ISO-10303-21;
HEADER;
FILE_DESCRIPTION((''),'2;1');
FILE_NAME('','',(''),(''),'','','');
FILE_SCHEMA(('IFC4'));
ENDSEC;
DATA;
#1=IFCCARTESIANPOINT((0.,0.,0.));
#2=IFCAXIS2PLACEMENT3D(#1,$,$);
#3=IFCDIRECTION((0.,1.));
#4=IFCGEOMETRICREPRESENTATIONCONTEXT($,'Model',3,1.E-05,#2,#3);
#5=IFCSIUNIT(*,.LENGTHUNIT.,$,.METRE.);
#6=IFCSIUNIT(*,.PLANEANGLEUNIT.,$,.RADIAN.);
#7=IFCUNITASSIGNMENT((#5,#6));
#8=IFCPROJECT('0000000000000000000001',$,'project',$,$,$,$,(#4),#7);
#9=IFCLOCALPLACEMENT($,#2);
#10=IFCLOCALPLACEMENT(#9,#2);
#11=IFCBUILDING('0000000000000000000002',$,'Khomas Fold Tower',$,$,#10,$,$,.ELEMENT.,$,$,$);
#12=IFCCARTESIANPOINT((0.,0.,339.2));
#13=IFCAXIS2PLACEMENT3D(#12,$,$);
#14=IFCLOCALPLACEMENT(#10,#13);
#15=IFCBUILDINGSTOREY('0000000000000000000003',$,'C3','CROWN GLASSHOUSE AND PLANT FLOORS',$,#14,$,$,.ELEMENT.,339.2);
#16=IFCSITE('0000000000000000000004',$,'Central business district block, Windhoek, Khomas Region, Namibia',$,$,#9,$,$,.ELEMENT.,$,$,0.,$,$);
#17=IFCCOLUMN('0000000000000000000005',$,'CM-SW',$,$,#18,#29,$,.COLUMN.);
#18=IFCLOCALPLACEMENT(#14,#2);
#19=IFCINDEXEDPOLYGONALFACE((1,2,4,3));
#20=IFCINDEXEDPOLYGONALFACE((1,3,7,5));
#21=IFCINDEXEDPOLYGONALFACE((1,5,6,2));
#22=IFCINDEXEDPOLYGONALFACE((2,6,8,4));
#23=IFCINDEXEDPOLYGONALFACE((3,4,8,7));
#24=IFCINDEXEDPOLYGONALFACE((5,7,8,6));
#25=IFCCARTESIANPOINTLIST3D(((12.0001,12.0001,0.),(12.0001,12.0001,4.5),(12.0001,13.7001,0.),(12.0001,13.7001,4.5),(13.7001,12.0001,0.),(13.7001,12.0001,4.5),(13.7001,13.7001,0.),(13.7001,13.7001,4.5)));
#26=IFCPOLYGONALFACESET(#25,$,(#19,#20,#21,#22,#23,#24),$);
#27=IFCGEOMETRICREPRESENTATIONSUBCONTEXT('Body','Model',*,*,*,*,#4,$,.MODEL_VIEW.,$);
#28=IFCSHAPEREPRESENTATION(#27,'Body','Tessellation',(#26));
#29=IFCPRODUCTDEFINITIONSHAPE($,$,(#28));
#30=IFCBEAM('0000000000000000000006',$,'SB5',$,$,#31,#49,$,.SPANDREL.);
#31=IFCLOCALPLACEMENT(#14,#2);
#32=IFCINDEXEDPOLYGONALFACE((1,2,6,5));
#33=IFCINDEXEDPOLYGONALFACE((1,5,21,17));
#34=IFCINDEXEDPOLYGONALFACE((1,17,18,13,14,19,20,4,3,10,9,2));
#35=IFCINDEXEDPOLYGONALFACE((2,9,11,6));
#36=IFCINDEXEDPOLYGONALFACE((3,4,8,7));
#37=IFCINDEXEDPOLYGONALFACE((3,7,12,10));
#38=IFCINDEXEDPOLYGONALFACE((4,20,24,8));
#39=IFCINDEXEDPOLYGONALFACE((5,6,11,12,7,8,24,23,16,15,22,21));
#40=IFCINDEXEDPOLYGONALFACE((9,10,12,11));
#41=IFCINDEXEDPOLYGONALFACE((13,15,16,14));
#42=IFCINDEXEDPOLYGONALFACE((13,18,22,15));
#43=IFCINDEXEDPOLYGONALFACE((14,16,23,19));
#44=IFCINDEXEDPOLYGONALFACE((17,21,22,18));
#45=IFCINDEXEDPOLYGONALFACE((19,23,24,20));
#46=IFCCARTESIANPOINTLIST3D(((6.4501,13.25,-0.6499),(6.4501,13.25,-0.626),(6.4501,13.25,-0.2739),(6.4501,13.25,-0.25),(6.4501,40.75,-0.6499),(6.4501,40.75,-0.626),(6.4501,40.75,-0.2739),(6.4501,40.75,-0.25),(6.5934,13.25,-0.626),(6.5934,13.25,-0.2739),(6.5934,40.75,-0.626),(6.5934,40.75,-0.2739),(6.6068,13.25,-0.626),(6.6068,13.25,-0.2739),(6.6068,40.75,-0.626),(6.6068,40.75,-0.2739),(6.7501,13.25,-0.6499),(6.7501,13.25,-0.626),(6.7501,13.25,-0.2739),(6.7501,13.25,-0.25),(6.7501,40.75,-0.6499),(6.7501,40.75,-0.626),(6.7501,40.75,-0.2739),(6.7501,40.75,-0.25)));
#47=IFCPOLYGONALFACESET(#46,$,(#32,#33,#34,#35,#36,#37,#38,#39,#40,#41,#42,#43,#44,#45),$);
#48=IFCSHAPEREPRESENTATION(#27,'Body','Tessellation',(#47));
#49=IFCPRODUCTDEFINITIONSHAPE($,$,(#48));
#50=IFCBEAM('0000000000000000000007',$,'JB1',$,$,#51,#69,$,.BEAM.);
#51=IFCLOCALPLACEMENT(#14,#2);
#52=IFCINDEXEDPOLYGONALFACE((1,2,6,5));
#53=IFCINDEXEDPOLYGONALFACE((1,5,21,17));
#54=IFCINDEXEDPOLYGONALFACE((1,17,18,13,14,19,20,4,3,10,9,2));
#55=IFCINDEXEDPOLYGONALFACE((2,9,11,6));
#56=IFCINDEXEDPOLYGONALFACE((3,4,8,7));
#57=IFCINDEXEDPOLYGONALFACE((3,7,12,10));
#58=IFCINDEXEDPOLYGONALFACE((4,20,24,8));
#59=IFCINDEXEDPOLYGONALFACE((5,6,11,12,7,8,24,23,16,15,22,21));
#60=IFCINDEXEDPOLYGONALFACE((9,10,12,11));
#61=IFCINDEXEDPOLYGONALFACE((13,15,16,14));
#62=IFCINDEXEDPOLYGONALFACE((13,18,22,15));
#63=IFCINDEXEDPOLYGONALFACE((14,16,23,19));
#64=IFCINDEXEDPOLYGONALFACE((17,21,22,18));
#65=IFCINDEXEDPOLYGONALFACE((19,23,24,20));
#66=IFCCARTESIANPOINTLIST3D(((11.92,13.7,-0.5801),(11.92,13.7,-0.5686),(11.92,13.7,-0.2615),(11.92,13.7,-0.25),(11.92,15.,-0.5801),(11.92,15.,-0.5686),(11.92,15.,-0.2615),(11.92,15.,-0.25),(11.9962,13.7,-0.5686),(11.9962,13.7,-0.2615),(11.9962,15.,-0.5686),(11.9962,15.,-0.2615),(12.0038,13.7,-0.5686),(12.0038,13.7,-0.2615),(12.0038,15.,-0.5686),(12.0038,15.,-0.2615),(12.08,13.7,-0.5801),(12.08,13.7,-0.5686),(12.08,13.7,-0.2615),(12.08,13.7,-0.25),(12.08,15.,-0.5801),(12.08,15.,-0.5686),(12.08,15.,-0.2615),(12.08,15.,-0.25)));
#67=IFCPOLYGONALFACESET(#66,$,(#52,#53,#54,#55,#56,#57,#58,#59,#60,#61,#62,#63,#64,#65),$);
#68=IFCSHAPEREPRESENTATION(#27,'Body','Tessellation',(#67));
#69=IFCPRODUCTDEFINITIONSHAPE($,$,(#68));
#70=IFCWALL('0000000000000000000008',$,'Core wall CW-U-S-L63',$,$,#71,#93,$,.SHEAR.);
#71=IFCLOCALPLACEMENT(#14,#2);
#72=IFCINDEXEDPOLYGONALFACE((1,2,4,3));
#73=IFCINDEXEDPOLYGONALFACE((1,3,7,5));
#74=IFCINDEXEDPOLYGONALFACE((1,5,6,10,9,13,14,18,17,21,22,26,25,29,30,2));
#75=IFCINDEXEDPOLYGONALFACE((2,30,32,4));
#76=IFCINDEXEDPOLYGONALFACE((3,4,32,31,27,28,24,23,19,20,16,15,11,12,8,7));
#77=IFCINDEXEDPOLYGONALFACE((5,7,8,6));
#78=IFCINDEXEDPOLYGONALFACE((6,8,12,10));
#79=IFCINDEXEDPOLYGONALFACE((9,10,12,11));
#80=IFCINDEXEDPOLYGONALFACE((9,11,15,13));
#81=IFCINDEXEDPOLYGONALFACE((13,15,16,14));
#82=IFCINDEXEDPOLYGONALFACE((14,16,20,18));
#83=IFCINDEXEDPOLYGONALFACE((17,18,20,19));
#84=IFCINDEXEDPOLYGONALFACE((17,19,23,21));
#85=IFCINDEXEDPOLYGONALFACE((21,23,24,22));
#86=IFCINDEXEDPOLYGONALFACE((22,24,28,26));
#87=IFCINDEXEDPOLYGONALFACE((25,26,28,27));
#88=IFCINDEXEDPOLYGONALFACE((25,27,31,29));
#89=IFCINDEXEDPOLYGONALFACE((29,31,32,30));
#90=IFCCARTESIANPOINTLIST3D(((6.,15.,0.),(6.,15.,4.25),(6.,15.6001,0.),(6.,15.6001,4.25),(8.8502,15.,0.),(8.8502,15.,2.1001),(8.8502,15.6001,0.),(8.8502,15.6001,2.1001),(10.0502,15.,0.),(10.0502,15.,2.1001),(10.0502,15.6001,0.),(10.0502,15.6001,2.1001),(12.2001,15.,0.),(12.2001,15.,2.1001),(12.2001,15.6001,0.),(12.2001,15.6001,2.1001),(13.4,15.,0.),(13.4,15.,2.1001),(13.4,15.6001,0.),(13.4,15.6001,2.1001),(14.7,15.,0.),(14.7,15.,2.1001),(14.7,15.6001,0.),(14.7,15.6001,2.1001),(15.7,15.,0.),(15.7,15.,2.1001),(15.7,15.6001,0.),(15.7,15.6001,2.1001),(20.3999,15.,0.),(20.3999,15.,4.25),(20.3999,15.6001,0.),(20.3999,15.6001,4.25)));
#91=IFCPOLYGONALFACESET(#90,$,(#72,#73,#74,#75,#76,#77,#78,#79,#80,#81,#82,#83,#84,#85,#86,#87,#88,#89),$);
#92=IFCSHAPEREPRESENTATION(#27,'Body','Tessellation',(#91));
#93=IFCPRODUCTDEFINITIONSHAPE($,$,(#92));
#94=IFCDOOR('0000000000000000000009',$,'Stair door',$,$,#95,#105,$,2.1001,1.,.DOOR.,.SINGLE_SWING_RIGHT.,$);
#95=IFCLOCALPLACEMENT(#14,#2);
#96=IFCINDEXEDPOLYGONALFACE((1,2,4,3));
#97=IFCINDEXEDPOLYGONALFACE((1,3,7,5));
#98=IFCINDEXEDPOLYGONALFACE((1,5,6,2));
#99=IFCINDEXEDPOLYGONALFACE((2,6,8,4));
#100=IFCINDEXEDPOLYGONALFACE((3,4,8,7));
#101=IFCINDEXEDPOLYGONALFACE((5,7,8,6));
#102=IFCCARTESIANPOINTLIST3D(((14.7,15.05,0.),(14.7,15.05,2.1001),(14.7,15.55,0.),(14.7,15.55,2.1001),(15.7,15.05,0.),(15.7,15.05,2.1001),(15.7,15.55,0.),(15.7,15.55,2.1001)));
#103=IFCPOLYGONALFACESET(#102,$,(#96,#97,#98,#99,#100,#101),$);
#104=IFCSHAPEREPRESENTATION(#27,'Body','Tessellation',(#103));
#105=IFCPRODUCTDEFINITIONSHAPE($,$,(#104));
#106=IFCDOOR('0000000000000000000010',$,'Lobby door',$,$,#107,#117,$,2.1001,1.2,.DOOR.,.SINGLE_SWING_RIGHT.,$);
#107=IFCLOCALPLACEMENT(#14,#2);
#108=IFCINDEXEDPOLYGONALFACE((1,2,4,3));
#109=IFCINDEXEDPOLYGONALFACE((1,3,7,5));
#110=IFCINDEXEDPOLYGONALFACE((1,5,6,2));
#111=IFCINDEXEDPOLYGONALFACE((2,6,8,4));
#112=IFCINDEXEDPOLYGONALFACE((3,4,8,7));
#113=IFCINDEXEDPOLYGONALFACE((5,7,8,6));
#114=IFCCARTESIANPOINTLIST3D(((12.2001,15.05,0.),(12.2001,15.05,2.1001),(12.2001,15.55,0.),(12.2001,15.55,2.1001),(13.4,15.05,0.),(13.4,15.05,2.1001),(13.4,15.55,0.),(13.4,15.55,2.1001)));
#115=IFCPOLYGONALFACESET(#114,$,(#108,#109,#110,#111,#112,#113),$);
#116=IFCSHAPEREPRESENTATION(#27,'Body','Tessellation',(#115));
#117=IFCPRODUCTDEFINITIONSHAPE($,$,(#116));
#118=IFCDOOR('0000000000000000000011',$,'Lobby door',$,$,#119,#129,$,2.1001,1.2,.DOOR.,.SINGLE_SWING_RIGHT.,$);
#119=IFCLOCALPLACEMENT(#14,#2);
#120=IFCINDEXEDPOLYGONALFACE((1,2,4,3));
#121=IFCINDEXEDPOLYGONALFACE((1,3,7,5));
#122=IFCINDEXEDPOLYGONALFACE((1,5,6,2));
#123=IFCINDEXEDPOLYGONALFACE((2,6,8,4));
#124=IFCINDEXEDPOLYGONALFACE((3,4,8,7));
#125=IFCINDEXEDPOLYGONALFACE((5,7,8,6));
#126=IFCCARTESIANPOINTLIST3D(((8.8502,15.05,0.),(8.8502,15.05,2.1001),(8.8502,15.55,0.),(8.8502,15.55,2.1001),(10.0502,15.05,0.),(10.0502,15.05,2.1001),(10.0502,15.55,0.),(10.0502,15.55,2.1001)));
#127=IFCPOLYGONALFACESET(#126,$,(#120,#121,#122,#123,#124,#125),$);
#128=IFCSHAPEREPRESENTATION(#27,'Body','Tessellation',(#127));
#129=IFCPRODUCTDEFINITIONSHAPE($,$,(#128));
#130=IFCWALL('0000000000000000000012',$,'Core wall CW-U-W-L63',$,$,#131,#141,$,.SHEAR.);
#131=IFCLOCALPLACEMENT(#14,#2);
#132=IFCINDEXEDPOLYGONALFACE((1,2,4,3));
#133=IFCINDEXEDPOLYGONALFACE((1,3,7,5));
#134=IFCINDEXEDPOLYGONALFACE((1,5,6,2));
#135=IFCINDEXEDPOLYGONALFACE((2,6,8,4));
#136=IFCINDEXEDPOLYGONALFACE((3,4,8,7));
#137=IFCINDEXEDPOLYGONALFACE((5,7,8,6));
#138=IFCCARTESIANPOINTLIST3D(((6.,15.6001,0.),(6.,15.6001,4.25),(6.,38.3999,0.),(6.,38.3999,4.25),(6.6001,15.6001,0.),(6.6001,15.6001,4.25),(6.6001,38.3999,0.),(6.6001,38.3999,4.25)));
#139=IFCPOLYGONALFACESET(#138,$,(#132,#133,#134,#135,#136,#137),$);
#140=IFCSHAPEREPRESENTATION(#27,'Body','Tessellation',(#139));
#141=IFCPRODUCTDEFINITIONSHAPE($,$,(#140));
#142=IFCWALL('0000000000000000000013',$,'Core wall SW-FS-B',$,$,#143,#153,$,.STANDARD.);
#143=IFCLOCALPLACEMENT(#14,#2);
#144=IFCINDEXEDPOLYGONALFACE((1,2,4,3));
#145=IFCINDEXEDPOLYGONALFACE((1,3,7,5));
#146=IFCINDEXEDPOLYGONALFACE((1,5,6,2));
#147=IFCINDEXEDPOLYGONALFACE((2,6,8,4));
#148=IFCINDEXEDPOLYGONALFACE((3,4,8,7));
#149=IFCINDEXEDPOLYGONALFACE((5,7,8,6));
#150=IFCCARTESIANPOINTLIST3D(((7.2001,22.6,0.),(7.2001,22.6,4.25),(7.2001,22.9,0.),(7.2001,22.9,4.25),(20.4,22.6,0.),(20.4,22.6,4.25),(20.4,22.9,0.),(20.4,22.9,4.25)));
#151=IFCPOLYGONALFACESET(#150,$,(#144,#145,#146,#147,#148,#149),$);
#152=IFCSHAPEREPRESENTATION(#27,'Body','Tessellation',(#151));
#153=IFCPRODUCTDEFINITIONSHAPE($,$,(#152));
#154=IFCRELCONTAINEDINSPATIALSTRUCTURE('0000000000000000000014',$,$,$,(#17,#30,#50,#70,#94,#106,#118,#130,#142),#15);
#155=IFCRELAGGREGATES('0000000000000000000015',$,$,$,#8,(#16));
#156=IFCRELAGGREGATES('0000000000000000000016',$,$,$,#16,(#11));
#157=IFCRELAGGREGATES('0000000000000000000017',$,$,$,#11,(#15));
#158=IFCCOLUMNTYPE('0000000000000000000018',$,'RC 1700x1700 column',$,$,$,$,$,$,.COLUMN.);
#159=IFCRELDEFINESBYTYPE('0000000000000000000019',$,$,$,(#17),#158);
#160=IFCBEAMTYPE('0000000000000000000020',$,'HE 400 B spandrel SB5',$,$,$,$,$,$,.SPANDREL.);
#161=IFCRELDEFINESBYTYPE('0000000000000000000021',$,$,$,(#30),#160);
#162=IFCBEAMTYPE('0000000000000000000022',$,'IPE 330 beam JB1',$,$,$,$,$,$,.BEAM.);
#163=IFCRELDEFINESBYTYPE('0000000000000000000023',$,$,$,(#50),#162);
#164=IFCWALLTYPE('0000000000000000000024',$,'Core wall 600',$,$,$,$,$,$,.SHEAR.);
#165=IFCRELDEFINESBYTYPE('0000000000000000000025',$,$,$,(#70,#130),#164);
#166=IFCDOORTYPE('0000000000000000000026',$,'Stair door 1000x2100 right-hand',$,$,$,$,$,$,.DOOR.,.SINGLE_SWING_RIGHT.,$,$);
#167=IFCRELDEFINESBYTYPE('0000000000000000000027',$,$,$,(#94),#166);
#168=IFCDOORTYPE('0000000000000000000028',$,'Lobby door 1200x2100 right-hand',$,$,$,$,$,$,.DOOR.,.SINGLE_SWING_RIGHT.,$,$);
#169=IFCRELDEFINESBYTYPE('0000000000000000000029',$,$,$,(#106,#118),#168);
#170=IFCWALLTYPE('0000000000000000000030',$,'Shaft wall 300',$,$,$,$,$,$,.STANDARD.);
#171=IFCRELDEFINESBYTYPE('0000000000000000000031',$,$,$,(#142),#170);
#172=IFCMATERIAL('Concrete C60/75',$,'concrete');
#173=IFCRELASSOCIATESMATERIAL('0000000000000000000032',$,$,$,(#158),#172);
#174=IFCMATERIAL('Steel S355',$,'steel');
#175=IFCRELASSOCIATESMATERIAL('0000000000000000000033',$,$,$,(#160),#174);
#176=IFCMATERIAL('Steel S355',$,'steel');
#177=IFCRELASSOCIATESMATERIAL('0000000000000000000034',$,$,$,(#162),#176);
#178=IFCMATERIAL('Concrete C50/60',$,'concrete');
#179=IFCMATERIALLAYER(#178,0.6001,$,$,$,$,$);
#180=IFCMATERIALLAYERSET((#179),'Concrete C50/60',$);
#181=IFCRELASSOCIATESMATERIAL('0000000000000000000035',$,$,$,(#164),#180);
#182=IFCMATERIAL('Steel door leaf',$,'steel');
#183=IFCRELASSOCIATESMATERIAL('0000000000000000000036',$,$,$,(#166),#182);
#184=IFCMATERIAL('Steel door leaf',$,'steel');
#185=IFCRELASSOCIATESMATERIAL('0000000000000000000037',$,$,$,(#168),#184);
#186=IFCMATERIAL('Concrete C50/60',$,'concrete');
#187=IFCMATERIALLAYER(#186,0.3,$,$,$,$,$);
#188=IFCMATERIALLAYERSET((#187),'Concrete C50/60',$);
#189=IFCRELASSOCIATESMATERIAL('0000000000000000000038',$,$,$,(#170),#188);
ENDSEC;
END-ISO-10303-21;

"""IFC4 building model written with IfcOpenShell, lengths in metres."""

from ifc_helpers import new_model, si_unit, direction, frame, frame_2d, origin, origin_2d, place, context, subcontext, project, spatial, rectangle, i_section, extrude, source, transform, mapped, material, layer, layer_set, material_profile, profile_set, type_object, element, fill, save


model = new_model("IFC4")

# Units and contexts
model_context = context("Model", 3, precision=1e-05, world=origin(), true_north=direction((0.0, 1.0)))
body_context = subcontext(model_context, "Body", "Model", "MODEL_VIEW")
ifc_project = project(units=[si_unit("LENGTHUNIT", "METRE"), si_unit("PLANEANGLEUNIT", "RADIAN")], contexts=[model_context])

# Site, building, storey
site_placement = place(None, origin())
site = spatial("IfcSite", under=ifc_project, at=site_placement, Name="Central business district block, Windhoek, Khomas Region, Namibia", CompositionType="ELEMENT", RefElevation=0.0)
building_placement = place(site_placement, origin())
building = spatial("IfcBuilding", under=site, at=building_placement, Name="Khomas Fold Tower", CompositionType="ELEMENT")
storey_placement = place(building_placement, frame((0.0, 0.0, 339.2)))
storey = spatial("IfcBuildingStorey", under=building, at=storey_placement, Name="C3", Description="CROWN GLASSHOUSE AND PLANT FLOORS", CompositionType="ELEMENT", Elevation=339.2)

# Column
ifc_material_1 = material(Name="Concrete C60/75", Category="concrete")
ifc_material_profile_1 = material_profile(ifc_material_1, rectangle(XDim=1.7, YDim=1.7, at=origin_2d()), Name="RC 1700x1700")
ifc_profile_set_1 = profile_set([ifc_material_profile_1], Name="Concrete C60/75")
column_type = type_object("IfcColumnType", Name="RC 1700x1700 column", PredefinedType="COLUMN", material=ifc_profile_set_1)
shared_shape_1 = source(origin(), body_context, "Body", "SweptSolid", [
    extrude(rectangle(XDim=1.7, YDim=1.7, at=origin_2d()), origin(), (0.0, 0.0, 1.0), 4.5),
])
column_placement = place(storey_placement, frame((12.8501, 12.8501, 0.0), z_axis=(0.0, 0.0, 1.0), x_axis=(1.0, 0.0, 0.0)))
element("IfcColumn", 1, at=column_placement, inside=storey, type_object=column_type, Name="CM-SW", PredefinedType="COLUMN", context=body_context, shape_type="MappedRepresentation", body=[
    mapped(shared_shape_1, transform((0.0, 0.0, 0.0))),
])

# Beams
ifc_material_2 = material(Name="Steel S355", Category="steel")
ifc_material_profile_2 = material_profile(ifc_material_2, i_section(OverallWidth=0.3, OverallDepth=0.3999, WebThickness=0.0134, FlangeThickness=0.0239, at=origin_2d()), Name="HE 400 B")
ifc_profile_set_2 = profile_set([ifc_material_profile_2], Name="Steel S355")
beam_type_1 = type_object("IfcBeamType", Name="HE 400 B spandrel SB5", PredefinedType="SPANDREL", material=ifc_profile_set_2)
shared_shape_2 = source(origin(), body_context, "Body", "SweptSolid", [
    extrude(i_section(OverallWidth=0.3, OverallDepth=0.3999, WebThickness=0.0134, FlangeThickness=0.0239, at=origin_2d()), origin(), (0.0, 0.0, 1.0), 27.5),
])
beam_1_placement = place(storey_placement, frame((6.6001, 13.25, -0.45), z_axis=(0.0, 1.0, 0.0), x_axis=(-1.0, 0.0, 0.0)))
element("IfcBeam", 2, at=beam_1_placement, inside=storey, type_object=beam_type_1, Name="SB5", PredefinedType="SPANDREL", context=body_context, shape_type="MappedRepresentation", body=[
    mapped(shared_shape_2, transform((0.0, 0.0, 0.0))),
])
ifc_material_3 = material(Name="Steel S355", Category="steel")
ifc_material_profile_3 = material_profile(ifc_material_3, i_section(OverallWidth=0.1599, OverallDepth=0.3301, WebThickness=0.0076, FlangeThickness=0.0115, at=origin_2d()), Name="IPE 330")
ifc_profile_set_3 = profile_set([ifc_material_profile_3], Name="Steel S355")
beam_type_2 = type_object("IfcBeamType", Name="IPE 330 beam JB1", PredefinedType="BEAM", material=ifc_profile_set_3)
shared_shape_3 = source(origin(), body_context, "Body", "SweptSolid", [
    extrude(i_section(OverallWidth=0.1599, OverallDepth=0.3301, WebThickness=0.0076, FlangeThickness=0.0115, at=origin_2d()), origin(), (0.0, 0.0, 1.0), 1.3),
])
beam_2_placement = place(storey_placement, frame((12.0, 13.7, -0.415), z_axis=(0.0, 1.0, 0.0), x_axis=(-1.0, 0.0, 0.0)))
element("IfcBeam", 3, at=beam_2_placement, inside=storey, type_object=beam_type_2, Name="JB1", PredefinedType="BEAM", context=body_context, shape_type="MappedRepresentation", body=[
    mapped(shared_shape_3, transform((0.0, 0.0, 0.0))),
])

# Wall, openings, doors
ifc_material_4 = material(Name="Concrete C50/60", Category="concrete")
ifc_layer_1 = layer(ifc_material_4, 0.6001)
ifc_layer_set_1 = layer_set([ifc_layer_1], Name="Concrete C50/60")
wall_type_1 = type_object("IfcWallType", Name="Core wall 600", PredefinedType="SHEAR", material=ifc_layer_set_1)
shared_shape_4 = source(origin(), body_context, "Body", "SweptSolid", [
    extrude(rectangle(XDim=14.3999, YDim=0.6001, at=frame_2d((7.2, 0.0))), origin(), (0.0, 0.0, 1.0), 4.25),
])
wall_1_placement = place(storey_placement, frame((6.0, 15.3, 0.0), z_axis=(0.0, 0.0, 1.0), x_axis=(1.0, 0.0, 0.0)))
wall_1 = element("IfcWall", 4, at=wall_1_placement, inside=storey, type_object=wall_type_1, Name="Core wall CW-U-S-L63", PredefinedType="SHEAR", context=body_context, shape_type="MappedRepresentation", body=[
    mapped(shared_shape_4, transform((0.0, 0.0, 0.0))),
])
shared_shape_5 = source(origin(), body_context, "Body", "SweptSolid", [
    extrude(rectangle(XDim=1.2, YDim=2.1001, at=frame_2d((0.6001, 1.05))), frame((0.0, 0.3101, 0.0), z_axis=(0.0, -1.0, 0.0), x_axis=(1.0, 0.0, 0.0)), (0.0, 0.0, 1.0), 0.6201),
])
opening_1_placement = place(wall_1_placement, frame((6.2, 0.0, 0.0)))
opening_1 = element("IfcOpeningElement", 5, at=opening_1_placement, cuts=wall_1, PredefinedType="OPENING", context=body_context, shape_type="MappedRepresentation", body=[
    mapped(shared_shape_5, transform((0.0, 0.0, 0.0))),
])
opening_2_placement = place(wall_1_placement, frame((2.8501, 0.0, 0.0)))
opening_2 = element("IfcOpeningElement", 6, at=opening_2_placement, cuts=wall_1, PredefinedType="OPENING", context=body_context, shape_type="MappedRepresentation", body=[
    mapped(shared_shape_5, transform((0.0, 0.0, 0.0))),
])
shared_shape_6 = source(origin(), body_context, "Body", "SweptSolid", [
    extrude(rectangle(XDim=1.0, YDim=2.1001, at=frame_2d((0.5, 1.05))), frame((0.0, 0.3101, 0.0), z_axis=(0.0, -1.0, 0.0), x_axis=(1.0, 0.0, 0.0)), (0.0, 0.0, 1.0), 0.6201),
])
opening_3_placement = place(wall_1_placement, frame((8.7, 0.0, 0.0)))
opening_3 = element("IfcOpeningElement", 7, at=opening_3_placement, cuts=wall_1, PredefinedType="OPENING", context=body_context, shape_type="MappedRepresentation", body=[
    mapped(shared_shape_6, transform((0.0, 0.0, 0.0))),
])
ifc_material_5 = material(Name="Steel door leaf", Category="steel")
door_type_1 = type_object("IfcDoorType", Name="Stair door 1000x2100 right-hand", OperationType="SINGLE_SWING_RIGHT", PredefinedType="DOOR", material=ifc_material_5)
shared_shape_7 = source(origin(), body_context, "Body", "SweptSolid", [
    extrude(rectangle(XDim=1.0, YDim=2.1001, at=frame_2d((0.5, 1.05))), frame((0.0, 0.25, 0.0), z_axis=(0.0, -1.0, 0.0), x_axis=(1.0, 0.0, 0.0)), (0.0, 0.0, 1.0), 0.5),
])
door_1_placement = place(opening_3_placement, origin())
door_1 = element("IfcDoor", 8, at=door_1_placement, inside=storey, type_object=door_type_1, Name="Stair door", OperationType="SINGLE_SWING_RIGHT", OverallHeight=2.1001, OverallWidth=1.0, PredefinedType="DOOR", context=body_context, shape_type="MappedRepresentation", body=[
    mapped(shared_shape_7, transform((0.0, 0.0, 0.0))),
])
fill(opening_3, door_1)
ifc_material_6 = material(Name="Steel door leaf", Category="steel")
door_type_2 = type_object("IfcDoorType", Name="Lobby door 1200x2100 right-hand", OperationType="SINGLE_SWING_RIGHT", PredefinedType="DOOR", material=ifc_material_6)
shared_shape_8 = source(origin(), body_context, "Body", "SweptSolid", [
    extrude(rectangle(XDim=1.2, YDim=2.1001, at=frame_2d((0.6001, 1.05))), frame((0.0, 0.25, 0.0), z_axis=(0.0, -1.0, 0.0), x_axis=(1.0, 0.0, 0.0)), (0.0, 0.0, 1.0), 0.5),
])
door_2_placement = place(opening_1_placement, origin())
door_2 = element("IfcDoor", 9, at=door_2_placement, inside=storey, type_object=door_type_2, Name="Lobby door", OperationType="SINGLE_SWING_RIGHT", OverallHeight=2.1001, OverallWidth=1.2, PredefinedType="DOOR", context=body_context, shape_type="MappedRepresentation", body=[
    mapped(shared_shape_8, transform((0.0, 0.0, 0.0))),
])
fill(opening_1, door_2)
door_3_placement = place(opening_2_placement, origin())
door_3 = element("IfcDoor", 10, at=door_3_placement, inside=storey, type_object=door_type_2, Name="Lobby door", OperationType="SINGLE_SWING_RIGHT", OverallHeight=2.1001, OverallWidth=1.2, PredefinedType="DOOR", context=body_context, shape_type="MappedRepresentation", body=[
    mapped(shared_shape_8, transform((0.0, 0.0, 0.0))),
])
fill(opening_2, door_3)

# Walls
shared_shape_9 = source(origin(), body_context, "Body", "SweptSolid", [
    extrude(rectangle(XDim=22.7998, YDim=0.6001, at=frame_2d((11.3999, 0.0))), origin(), (0.0, 0.0, 1.0), 4.25),
])
wall_2_placement = place(storey_placement, frame((6.3, 15.6001, 0.0), z_axis=(0.0, 0.0, 1.0), x_axis=(0.0, 1.0, 0.0)))
element("IfcWall", 11, at=wall_2_placement, inside=storey, type_object=wall_type_1, Name="Core wall CW-U-W-L63", PredefinedType="SHEAR", context=body_context, shape_type="MappedRepresentation", body=[
    mapped(shared_shape_9, transform((0.0, 0.0, 0.0))),
])
ifc_material_7 = material(Name="Concrete C50/60", Category="concrete")
ifc_layer_2 = layer(ifc_material_7, 0.3)
ifc_layer_set_2 = layer_set([ifc_layer_2], Name="Concrete C50/60")
wall_type_2 = type_object("IfcWallType", Name="Shaft wall 300", PredefinedType="STANDARD", material=ifc_layer_set_2)
shared_shape_10 = source(origin(), body_context, "Body", "SweptSolid", [
    extrude(rectangle(XDim=13.2, YDim=0.3, at=frame_2d((6.6001, 0.0))), origin(), (0.0, 0.0, 1.0), 4.25),
])
wall_3_placement = place(storey_placement, frame((7.2, 22.75, 0.0), z_axis=(0.0, 0.0, 1.0), x_axis=(1.0, 0.0, 0.0)))
element("IfcWall", 12, at=wall_3_placement, inside=storey, type_object=wall_type_2, Name="Core wall SW-FS-B", PredefinedType="STANDARD", context=body_context, shape_type="MappedRepresentation", body=[
    mapped(shared_shape_10, transform((0.0, 0.0, 0.0))),
])

save(model, "model.ifc")
